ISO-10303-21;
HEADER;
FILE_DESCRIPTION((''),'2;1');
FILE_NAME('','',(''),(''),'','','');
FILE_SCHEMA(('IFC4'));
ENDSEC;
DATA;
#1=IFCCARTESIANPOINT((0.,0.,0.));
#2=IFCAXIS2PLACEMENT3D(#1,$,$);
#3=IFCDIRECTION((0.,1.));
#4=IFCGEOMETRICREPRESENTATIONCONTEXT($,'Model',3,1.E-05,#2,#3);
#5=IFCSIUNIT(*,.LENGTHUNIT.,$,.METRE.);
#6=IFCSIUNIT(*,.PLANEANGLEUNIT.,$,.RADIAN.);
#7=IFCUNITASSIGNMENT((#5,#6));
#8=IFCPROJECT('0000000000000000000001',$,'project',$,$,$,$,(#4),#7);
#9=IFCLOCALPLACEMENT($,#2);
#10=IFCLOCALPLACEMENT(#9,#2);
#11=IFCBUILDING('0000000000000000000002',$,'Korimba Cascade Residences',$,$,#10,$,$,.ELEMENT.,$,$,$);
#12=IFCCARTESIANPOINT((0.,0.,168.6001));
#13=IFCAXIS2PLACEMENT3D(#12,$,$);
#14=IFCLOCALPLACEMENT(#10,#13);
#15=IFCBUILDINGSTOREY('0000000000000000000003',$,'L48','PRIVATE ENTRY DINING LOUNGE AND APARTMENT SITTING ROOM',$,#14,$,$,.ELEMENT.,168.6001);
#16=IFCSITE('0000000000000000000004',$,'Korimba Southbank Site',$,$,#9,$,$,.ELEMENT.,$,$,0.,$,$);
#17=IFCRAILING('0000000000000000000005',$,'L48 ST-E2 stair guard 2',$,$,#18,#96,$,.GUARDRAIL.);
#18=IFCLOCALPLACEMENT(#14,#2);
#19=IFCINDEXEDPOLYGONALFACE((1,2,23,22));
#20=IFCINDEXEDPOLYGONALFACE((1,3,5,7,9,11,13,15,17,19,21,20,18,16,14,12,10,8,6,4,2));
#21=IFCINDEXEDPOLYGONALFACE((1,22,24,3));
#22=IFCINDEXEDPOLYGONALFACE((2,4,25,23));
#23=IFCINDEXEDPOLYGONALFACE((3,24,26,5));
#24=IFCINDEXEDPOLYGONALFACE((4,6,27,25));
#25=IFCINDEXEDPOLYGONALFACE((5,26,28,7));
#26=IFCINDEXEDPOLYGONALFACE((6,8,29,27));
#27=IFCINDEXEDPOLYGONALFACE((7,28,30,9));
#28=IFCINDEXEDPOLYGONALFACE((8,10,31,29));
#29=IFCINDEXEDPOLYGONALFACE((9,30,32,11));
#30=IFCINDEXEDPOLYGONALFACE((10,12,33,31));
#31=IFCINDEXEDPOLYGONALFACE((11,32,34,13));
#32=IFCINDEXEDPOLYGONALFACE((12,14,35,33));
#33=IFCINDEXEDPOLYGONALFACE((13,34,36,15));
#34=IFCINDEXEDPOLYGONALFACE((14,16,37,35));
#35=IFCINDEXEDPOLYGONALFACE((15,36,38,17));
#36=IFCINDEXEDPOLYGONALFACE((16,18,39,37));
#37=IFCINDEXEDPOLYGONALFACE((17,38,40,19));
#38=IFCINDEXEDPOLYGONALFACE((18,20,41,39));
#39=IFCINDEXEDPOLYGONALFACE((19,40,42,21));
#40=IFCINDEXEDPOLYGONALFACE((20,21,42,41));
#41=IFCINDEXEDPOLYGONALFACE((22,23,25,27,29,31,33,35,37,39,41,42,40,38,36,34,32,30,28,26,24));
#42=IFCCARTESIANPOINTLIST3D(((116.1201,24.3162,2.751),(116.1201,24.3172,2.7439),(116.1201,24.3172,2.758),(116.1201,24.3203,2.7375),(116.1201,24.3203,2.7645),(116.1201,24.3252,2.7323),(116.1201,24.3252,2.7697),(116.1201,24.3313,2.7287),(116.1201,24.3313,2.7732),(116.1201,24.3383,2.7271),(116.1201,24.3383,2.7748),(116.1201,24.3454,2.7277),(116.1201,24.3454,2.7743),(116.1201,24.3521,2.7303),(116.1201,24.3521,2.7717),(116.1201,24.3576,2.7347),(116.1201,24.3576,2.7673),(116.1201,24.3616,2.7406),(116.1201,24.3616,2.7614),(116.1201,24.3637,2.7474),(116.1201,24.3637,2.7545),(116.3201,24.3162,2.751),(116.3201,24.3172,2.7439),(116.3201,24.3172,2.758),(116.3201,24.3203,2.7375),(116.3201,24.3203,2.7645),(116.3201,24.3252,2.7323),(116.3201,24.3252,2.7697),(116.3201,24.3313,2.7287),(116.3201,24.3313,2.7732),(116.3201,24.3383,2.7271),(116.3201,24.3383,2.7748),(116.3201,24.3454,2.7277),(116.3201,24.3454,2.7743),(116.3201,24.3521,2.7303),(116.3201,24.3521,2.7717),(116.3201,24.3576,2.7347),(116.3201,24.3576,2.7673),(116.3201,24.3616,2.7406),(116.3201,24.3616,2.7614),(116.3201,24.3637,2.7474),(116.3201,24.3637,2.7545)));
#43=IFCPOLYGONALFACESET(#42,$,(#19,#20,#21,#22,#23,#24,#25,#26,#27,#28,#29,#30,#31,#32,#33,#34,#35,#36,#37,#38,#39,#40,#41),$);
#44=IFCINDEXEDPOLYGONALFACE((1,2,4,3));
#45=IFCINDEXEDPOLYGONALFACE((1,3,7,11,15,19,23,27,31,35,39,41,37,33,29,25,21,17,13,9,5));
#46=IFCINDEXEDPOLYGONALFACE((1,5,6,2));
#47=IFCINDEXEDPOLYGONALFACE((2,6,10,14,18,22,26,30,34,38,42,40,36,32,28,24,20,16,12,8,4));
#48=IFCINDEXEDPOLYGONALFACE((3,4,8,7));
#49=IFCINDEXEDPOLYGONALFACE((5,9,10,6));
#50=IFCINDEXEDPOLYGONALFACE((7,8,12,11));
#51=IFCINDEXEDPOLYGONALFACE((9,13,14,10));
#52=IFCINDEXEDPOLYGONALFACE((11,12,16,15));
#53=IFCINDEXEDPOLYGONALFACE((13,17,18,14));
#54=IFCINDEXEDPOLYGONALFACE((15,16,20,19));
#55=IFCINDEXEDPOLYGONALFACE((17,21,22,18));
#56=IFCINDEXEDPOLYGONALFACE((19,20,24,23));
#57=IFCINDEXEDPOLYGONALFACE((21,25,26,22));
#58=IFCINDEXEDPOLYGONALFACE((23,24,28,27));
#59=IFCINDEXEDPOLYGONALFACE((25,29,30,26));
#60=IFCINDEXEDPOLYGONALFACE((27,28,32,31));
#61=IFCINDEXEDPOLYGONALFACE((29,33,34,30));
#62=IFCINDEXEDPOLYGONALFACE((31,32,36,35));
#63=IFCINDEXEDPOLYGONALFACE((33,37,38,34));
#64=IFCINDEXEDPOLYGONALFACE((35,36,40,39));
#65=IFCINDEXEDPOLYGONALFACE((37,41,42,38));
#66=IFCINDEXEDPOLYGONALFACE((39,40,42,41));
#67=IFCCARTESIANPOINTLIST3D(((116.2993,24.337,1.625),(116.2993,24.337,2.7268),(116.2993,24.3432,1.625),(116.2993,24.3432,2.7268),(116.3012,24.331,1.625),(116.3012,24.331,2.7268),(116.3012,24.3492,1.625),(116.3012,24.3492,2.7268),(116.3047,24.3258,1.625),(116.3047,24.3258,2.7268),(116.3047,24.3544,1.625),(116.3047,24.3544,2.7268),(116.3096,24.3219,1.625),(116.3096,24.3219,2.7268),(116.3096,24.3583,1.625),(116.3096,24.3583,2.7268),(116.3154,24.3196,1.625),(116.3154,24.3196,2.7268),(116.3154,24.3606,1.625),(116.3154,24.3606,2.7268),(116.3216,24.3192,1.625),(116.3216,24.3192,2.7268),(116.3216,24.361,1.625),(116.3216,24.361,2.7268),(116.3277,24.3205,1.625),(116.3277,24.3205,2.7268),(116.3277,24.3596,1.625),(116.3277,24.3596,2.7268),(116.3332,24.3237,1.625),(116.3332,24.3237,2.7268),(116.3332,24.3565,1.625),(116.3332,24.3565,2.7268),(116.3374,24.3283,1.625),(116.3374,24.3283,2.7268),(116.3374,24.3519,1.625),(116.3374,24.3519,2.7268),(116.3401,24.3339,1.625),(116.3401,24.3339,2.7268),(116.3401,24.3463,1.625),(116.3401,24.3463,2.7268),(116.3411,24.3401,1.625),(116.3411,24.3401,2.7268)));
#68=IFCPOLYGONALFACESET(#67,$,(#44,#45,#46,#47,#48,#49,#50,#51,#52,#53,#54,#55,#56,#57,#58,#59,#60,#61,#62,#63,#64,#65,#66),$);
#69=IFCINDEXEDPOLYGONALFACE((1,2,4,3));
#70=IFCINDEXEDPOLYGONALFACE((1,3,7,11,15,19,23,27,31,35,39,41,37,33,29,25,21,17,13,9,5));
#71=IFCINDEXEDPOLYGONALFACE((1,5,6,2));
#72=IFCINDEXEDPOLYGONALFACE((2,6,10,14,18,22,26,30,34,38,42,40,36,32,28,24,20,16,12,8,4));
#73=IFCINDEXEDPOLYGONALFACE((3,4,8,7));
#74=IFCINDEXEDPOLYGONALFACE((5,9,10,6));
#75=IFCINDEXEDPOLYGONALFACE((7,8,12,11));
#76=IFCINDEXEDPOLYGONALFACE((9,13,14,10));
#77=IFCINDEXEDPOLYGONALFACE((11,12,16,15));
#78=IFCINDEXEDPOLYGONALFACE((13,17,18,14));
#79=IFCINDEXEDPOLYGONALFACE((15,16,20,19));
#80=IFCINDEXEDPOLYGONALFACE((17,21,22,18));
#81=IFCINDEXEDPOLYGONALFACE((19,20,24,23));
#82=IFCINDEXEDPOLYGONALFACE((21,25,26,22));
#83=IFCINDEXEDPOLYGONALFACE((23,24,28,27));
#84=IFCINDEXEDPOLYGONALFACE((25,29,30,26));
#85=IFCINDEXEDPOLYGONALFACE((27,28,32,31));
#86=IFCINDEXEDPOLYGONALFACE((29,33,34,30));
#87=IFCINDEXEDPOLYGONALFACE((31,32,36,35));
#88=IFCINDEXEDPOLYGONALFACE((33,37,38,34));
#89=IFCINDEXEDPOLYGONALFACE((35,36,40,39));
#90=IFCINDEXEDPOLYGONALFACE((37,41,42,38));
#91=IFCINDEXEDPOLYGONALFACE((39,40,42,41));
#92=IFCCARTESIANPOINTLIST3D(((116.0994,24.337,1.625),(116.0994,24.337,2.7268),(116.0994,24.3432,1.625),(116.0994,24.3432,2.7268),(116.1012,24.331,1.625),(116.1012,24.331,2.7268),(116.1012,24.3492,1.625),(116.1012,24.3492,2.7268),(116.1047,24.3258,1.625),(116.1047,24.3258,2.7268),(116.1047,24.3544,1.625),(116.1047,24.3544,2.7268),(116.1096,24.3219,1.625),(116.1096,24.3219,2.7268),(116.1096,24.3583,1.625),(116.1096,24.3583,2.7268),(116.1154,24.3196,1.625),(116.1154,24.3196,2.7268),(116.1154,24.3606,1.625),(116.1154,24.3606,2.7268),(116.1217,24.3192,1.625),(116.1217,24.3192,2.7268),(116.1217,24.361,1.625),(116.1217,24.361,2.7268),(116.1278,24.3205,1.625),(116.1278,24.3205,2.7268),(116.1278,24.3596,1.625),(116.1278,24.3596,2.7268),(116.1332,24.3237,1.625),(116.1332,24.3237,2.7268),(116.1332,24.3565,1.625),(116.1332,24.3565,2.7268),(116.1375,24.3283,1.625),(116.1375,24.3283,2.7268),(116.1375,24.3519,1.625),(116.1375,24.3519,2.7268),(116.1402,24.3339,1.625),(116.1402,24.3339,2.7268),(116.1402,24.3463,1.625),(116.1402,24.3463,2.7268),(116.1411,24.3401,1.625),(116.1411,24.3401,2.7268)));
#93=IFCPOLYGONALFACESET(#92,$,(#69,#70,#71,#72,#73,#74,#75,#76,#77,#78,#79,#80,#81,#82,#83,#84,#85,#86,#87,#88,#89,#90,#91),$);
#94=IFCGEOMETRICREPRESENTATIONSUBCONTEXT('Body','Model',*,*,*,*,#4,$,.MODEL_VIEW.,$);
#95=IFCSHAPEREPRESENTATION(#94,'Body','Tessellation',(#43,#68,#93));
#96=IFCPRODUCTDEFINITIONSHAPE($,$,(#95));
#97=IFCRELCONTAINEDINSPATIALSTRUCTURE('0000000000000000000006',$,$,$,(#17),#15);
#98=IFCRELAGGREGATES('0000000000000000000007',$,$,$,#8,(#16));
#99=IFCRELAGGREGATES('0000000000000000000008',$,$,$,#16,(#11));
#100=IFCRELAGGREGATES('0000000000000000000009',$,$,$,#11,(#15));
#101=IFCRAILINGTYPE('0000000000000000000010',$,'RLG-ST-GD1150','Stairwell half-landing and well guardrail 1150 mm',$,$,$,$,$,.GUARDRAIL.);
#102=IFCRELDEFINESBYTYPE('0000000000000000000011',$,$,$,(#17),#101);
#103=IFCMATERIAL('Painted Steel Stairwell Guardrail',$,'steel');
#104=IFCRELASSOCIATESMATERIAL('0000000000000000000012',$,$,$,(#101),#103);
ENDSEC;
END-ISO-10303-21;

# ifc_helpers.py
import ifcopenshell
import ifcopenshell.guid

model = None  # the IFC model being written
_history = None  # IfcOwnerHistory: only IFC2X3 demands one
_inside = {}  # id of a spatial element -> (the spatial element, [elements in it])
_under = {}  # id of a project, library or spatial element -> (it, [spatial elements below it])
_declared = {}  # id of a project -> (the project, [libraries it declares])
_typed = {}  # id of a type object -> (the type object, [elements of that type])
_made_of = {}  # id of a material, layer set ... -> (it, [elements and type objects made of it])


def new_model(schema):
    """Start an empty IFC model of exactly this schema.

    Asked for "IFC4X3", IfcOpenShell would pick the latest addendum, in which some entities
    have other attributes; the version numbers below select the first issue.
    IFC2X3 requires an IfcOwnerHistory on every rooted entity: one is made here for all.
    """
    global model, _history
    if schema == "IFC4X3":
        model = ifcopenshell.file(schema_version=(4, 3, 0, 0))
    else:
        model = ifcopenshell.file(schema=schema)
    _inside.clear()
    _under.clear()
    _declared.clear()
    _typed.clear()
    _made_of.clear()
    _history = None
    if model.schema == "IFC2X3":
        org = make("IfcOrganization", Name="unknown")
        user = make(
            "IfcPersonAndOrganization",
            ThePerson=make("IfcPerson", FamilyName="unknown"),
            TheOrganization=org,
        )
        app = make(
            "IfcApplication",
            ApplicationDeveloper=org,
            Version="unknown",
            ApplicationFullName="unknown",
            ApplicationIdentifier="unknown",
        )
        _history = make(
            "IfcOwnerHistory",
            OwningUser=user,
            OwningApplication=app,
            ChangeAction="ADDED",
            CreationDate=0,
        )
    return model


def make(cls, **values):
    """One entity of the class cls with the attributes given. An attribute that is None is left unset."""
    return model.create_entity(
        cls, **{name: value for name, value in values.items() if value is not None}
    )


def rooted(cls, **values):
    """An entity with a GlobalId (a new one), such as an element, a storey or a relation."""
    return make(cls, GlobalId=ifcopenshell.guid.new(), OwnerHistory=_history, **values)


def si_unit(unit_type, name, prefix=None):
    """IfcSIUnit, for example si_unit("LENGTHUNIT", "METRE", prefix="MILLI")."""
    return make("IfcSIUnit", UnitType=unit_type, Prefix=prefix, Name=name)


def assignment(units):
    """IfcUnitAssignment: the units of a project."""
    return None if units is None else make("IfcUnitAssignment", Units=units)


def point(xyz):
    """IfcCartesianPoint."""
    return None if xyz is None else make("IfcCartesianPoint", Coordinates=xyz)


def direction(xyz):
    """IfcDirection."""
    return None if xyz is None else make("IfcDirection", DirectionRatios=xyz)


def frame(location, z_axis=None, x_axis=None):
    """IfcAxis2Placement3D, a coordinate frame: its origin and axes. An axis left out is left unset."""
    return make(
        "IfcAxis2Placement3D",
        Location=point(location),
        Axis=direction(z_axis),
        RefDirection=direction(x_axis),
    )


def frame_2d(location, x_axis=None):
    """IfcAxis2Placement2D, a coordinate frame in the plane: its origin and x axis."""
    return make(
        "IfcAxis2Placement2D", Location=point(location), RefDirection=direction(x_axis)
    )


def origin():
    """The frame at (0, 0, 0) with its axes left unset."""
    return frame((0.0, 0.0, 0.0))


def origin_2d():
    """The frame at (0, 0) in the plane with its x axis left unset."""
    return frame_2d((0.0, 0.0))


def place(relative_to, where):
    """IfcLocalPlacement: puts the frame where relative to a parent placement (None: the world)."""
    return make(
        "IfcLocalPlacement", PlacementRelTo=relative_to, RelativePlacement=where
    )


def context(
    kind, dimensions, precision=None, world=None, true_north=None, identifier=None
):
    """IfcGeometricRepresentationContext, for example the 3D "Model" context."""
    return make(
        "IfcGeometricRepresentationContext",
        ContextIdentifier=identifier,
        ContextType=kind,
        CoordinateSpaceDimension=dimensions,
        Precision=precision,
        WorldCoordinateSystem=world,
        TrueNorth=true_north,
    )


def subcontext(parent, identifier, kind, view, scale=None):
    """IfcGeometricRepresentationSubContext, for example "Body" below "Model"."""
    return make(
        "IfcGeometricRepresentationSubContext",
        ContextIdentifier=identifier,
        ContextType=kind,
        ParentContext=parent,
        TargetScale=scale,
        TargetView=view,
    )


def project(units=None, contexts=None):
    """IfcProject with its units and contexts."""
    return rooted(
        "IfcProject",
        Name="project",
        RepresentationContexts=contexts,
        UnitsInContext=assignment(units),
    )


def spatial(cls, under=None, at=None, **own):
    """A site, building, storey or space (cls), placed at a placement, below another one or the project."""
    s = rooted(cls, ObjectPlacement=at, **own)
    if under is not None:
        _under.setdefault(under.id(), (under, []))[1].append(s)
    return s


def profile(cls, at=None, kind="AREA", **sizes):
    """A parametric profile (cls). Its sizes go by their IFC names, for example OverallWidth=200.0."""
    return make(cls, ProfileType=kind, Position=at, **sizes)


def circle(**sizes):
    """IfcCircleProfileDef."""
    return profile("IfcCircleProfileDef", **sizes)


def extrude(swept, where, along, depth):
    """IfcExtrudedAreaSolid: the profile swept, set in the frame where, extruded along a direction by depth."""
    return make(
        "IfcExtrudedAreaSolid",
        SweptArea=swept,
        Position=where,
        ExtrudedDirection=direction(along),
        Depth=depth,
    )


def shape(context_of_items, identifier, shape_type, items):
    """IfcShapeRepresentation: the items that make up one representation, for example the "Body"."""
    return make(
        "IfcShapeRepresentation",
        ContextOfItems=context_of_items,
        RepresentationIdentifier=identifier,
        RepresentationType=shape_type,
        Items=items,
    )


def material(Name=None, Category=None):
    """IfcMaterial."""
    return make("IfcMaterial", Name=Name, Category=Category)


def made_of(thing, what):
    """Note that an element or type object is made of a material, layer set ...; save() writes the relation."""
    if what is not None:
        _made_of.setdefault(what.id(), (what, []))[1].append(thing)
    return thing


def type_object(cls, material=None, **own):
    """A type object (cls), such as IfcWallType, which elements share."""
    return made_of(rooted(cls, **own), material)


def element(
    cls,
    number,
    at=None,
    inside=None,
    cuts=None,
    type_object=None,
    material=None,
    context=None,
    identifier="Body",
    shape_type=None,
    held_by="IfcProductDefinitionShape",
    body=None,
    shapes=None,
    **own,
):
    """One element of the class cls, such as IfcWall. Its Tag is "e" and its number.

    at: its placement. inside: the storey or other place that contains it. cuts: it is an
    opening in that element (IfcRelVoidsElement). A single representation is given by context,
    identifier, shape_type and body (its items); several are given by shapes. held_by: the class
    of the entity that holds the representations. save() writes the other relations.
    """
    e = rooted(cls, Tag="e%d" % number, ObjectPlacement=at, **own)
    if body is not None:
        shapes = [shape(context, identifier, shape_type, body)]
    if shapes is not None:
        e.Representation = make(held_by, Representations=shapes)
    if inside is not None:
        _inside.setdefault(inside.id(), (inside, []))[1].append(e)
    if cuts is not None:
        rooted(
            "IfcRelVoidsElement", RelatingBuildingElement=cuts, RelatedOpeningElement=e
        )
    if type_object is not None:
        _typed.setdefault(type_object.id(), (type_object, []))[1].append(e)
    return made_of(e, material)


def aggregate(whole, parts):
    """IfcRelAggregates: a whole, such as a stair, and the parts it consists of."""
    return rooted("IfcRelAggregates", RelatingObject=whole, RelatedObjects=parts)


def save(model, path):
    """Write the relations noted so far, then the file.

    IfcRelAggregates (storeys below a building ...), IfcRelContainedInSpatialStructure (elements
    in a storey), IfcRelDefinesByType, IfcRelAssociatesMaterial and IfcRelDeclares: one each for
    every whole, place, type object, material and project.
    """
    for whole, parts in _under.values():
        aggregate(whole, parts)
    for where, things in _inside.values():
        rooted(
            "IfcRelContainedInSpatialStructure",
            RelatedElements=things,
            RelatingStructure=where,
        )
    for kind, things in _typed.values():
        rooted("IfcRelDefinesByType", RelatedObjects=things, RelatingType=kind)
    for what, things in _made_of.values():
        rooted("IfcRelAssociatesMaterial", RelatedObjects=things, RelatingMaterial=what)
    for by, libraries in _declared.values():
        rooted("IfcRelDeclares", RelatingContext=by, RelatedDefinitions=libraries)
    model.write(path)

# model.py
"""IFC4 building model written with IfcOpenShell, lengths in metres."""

from ifc_helpers import new_model, si_unit, direction, frame, origin, origin_2d, place, context, subcontext, project, spatial, circle, extrude, material, type_object, element, save


model = new_model("IFC4")

# Units and contexts
model_context = context("Model", 3, precision=1e-05, world=origin(), true_north=direction((0.0, 1.0)))
body_context = subcontext(model_context, "Body", "Model", "MODEL_VIEW")
ifc_project = project(units=[si_unit("LENGTHUNIT", "METRE"), si_unit("PLANEANGLEUNIT", "RADIAN")], contexts=[model_context])

# Site, building, storey
site_placement = place(None, origin())
site = spatial("IfcSite", under=ifc_project, at=site_placement, Name="Korimba Southbank Site", CompositionType="ELEMENT", RefElevation=0.0)
building_placement = place(site_placement, origin())
building = spatial("IfcBuilding", under=site, at=building_placement, Name="Korimba Cascade Residences", CompositionType="ELEMENT")
storey_placement = place(building_placement, frame((0.0, 0.0, 168.6001)))
storey = spatial("IfcBuildingStorey", under=building, at=storey_placement, Name="L48", Description="PRIVATE ENTRY DINING LOUNGE AND APARTMENT SITTING ROOM", CompositionType="ELEMENT", Elevation=168.6001)

# Railing
ifc_material_1 = material(Name="Painted Steel Stairwell Guardrail", Category="steel")
railing_type_1 = type_object("IfcRailingType", Name="RLG-ST-GD1150", Description="Stairwell half-landing and well guardrail 1150 mm", PredefinedType="GUARDRAIL", material=ifc_material_1)
railing_1_placement = place(storey_placement, frame((116.3201, 24.3401, 1.625)))
element("IfcRailing", 1, at=railing_1_placement, inside=storey, type_object=railing_type_1, Name="L48 ST-E2 stair guard 2", PredefinedType="GUARDRAIL", context=body_context, shape_type="SweptSolid", body=[
    extrude(circle(Radius=0.0239, at=origin_2d()), frame((0.0, 0.0, 1.126), z_axis=(-1.0, 0.0, 0.0), x_axis=(0.0, -1.0, 0.0)), (0.0, 0.0, 1.0), 0.2),
    extrude(circle(Radius=0.021, at=origin_2d()), origin(), (0.0, 0.0, 1.0), 1.1018),
    extrude(circle(Radius=0.021, at=origin_2d()), frame((-0.2, 0.0, 0.0)), (0.0, 0.0, 1.0), 1.1018),
])

save(model, "model.ifc")
